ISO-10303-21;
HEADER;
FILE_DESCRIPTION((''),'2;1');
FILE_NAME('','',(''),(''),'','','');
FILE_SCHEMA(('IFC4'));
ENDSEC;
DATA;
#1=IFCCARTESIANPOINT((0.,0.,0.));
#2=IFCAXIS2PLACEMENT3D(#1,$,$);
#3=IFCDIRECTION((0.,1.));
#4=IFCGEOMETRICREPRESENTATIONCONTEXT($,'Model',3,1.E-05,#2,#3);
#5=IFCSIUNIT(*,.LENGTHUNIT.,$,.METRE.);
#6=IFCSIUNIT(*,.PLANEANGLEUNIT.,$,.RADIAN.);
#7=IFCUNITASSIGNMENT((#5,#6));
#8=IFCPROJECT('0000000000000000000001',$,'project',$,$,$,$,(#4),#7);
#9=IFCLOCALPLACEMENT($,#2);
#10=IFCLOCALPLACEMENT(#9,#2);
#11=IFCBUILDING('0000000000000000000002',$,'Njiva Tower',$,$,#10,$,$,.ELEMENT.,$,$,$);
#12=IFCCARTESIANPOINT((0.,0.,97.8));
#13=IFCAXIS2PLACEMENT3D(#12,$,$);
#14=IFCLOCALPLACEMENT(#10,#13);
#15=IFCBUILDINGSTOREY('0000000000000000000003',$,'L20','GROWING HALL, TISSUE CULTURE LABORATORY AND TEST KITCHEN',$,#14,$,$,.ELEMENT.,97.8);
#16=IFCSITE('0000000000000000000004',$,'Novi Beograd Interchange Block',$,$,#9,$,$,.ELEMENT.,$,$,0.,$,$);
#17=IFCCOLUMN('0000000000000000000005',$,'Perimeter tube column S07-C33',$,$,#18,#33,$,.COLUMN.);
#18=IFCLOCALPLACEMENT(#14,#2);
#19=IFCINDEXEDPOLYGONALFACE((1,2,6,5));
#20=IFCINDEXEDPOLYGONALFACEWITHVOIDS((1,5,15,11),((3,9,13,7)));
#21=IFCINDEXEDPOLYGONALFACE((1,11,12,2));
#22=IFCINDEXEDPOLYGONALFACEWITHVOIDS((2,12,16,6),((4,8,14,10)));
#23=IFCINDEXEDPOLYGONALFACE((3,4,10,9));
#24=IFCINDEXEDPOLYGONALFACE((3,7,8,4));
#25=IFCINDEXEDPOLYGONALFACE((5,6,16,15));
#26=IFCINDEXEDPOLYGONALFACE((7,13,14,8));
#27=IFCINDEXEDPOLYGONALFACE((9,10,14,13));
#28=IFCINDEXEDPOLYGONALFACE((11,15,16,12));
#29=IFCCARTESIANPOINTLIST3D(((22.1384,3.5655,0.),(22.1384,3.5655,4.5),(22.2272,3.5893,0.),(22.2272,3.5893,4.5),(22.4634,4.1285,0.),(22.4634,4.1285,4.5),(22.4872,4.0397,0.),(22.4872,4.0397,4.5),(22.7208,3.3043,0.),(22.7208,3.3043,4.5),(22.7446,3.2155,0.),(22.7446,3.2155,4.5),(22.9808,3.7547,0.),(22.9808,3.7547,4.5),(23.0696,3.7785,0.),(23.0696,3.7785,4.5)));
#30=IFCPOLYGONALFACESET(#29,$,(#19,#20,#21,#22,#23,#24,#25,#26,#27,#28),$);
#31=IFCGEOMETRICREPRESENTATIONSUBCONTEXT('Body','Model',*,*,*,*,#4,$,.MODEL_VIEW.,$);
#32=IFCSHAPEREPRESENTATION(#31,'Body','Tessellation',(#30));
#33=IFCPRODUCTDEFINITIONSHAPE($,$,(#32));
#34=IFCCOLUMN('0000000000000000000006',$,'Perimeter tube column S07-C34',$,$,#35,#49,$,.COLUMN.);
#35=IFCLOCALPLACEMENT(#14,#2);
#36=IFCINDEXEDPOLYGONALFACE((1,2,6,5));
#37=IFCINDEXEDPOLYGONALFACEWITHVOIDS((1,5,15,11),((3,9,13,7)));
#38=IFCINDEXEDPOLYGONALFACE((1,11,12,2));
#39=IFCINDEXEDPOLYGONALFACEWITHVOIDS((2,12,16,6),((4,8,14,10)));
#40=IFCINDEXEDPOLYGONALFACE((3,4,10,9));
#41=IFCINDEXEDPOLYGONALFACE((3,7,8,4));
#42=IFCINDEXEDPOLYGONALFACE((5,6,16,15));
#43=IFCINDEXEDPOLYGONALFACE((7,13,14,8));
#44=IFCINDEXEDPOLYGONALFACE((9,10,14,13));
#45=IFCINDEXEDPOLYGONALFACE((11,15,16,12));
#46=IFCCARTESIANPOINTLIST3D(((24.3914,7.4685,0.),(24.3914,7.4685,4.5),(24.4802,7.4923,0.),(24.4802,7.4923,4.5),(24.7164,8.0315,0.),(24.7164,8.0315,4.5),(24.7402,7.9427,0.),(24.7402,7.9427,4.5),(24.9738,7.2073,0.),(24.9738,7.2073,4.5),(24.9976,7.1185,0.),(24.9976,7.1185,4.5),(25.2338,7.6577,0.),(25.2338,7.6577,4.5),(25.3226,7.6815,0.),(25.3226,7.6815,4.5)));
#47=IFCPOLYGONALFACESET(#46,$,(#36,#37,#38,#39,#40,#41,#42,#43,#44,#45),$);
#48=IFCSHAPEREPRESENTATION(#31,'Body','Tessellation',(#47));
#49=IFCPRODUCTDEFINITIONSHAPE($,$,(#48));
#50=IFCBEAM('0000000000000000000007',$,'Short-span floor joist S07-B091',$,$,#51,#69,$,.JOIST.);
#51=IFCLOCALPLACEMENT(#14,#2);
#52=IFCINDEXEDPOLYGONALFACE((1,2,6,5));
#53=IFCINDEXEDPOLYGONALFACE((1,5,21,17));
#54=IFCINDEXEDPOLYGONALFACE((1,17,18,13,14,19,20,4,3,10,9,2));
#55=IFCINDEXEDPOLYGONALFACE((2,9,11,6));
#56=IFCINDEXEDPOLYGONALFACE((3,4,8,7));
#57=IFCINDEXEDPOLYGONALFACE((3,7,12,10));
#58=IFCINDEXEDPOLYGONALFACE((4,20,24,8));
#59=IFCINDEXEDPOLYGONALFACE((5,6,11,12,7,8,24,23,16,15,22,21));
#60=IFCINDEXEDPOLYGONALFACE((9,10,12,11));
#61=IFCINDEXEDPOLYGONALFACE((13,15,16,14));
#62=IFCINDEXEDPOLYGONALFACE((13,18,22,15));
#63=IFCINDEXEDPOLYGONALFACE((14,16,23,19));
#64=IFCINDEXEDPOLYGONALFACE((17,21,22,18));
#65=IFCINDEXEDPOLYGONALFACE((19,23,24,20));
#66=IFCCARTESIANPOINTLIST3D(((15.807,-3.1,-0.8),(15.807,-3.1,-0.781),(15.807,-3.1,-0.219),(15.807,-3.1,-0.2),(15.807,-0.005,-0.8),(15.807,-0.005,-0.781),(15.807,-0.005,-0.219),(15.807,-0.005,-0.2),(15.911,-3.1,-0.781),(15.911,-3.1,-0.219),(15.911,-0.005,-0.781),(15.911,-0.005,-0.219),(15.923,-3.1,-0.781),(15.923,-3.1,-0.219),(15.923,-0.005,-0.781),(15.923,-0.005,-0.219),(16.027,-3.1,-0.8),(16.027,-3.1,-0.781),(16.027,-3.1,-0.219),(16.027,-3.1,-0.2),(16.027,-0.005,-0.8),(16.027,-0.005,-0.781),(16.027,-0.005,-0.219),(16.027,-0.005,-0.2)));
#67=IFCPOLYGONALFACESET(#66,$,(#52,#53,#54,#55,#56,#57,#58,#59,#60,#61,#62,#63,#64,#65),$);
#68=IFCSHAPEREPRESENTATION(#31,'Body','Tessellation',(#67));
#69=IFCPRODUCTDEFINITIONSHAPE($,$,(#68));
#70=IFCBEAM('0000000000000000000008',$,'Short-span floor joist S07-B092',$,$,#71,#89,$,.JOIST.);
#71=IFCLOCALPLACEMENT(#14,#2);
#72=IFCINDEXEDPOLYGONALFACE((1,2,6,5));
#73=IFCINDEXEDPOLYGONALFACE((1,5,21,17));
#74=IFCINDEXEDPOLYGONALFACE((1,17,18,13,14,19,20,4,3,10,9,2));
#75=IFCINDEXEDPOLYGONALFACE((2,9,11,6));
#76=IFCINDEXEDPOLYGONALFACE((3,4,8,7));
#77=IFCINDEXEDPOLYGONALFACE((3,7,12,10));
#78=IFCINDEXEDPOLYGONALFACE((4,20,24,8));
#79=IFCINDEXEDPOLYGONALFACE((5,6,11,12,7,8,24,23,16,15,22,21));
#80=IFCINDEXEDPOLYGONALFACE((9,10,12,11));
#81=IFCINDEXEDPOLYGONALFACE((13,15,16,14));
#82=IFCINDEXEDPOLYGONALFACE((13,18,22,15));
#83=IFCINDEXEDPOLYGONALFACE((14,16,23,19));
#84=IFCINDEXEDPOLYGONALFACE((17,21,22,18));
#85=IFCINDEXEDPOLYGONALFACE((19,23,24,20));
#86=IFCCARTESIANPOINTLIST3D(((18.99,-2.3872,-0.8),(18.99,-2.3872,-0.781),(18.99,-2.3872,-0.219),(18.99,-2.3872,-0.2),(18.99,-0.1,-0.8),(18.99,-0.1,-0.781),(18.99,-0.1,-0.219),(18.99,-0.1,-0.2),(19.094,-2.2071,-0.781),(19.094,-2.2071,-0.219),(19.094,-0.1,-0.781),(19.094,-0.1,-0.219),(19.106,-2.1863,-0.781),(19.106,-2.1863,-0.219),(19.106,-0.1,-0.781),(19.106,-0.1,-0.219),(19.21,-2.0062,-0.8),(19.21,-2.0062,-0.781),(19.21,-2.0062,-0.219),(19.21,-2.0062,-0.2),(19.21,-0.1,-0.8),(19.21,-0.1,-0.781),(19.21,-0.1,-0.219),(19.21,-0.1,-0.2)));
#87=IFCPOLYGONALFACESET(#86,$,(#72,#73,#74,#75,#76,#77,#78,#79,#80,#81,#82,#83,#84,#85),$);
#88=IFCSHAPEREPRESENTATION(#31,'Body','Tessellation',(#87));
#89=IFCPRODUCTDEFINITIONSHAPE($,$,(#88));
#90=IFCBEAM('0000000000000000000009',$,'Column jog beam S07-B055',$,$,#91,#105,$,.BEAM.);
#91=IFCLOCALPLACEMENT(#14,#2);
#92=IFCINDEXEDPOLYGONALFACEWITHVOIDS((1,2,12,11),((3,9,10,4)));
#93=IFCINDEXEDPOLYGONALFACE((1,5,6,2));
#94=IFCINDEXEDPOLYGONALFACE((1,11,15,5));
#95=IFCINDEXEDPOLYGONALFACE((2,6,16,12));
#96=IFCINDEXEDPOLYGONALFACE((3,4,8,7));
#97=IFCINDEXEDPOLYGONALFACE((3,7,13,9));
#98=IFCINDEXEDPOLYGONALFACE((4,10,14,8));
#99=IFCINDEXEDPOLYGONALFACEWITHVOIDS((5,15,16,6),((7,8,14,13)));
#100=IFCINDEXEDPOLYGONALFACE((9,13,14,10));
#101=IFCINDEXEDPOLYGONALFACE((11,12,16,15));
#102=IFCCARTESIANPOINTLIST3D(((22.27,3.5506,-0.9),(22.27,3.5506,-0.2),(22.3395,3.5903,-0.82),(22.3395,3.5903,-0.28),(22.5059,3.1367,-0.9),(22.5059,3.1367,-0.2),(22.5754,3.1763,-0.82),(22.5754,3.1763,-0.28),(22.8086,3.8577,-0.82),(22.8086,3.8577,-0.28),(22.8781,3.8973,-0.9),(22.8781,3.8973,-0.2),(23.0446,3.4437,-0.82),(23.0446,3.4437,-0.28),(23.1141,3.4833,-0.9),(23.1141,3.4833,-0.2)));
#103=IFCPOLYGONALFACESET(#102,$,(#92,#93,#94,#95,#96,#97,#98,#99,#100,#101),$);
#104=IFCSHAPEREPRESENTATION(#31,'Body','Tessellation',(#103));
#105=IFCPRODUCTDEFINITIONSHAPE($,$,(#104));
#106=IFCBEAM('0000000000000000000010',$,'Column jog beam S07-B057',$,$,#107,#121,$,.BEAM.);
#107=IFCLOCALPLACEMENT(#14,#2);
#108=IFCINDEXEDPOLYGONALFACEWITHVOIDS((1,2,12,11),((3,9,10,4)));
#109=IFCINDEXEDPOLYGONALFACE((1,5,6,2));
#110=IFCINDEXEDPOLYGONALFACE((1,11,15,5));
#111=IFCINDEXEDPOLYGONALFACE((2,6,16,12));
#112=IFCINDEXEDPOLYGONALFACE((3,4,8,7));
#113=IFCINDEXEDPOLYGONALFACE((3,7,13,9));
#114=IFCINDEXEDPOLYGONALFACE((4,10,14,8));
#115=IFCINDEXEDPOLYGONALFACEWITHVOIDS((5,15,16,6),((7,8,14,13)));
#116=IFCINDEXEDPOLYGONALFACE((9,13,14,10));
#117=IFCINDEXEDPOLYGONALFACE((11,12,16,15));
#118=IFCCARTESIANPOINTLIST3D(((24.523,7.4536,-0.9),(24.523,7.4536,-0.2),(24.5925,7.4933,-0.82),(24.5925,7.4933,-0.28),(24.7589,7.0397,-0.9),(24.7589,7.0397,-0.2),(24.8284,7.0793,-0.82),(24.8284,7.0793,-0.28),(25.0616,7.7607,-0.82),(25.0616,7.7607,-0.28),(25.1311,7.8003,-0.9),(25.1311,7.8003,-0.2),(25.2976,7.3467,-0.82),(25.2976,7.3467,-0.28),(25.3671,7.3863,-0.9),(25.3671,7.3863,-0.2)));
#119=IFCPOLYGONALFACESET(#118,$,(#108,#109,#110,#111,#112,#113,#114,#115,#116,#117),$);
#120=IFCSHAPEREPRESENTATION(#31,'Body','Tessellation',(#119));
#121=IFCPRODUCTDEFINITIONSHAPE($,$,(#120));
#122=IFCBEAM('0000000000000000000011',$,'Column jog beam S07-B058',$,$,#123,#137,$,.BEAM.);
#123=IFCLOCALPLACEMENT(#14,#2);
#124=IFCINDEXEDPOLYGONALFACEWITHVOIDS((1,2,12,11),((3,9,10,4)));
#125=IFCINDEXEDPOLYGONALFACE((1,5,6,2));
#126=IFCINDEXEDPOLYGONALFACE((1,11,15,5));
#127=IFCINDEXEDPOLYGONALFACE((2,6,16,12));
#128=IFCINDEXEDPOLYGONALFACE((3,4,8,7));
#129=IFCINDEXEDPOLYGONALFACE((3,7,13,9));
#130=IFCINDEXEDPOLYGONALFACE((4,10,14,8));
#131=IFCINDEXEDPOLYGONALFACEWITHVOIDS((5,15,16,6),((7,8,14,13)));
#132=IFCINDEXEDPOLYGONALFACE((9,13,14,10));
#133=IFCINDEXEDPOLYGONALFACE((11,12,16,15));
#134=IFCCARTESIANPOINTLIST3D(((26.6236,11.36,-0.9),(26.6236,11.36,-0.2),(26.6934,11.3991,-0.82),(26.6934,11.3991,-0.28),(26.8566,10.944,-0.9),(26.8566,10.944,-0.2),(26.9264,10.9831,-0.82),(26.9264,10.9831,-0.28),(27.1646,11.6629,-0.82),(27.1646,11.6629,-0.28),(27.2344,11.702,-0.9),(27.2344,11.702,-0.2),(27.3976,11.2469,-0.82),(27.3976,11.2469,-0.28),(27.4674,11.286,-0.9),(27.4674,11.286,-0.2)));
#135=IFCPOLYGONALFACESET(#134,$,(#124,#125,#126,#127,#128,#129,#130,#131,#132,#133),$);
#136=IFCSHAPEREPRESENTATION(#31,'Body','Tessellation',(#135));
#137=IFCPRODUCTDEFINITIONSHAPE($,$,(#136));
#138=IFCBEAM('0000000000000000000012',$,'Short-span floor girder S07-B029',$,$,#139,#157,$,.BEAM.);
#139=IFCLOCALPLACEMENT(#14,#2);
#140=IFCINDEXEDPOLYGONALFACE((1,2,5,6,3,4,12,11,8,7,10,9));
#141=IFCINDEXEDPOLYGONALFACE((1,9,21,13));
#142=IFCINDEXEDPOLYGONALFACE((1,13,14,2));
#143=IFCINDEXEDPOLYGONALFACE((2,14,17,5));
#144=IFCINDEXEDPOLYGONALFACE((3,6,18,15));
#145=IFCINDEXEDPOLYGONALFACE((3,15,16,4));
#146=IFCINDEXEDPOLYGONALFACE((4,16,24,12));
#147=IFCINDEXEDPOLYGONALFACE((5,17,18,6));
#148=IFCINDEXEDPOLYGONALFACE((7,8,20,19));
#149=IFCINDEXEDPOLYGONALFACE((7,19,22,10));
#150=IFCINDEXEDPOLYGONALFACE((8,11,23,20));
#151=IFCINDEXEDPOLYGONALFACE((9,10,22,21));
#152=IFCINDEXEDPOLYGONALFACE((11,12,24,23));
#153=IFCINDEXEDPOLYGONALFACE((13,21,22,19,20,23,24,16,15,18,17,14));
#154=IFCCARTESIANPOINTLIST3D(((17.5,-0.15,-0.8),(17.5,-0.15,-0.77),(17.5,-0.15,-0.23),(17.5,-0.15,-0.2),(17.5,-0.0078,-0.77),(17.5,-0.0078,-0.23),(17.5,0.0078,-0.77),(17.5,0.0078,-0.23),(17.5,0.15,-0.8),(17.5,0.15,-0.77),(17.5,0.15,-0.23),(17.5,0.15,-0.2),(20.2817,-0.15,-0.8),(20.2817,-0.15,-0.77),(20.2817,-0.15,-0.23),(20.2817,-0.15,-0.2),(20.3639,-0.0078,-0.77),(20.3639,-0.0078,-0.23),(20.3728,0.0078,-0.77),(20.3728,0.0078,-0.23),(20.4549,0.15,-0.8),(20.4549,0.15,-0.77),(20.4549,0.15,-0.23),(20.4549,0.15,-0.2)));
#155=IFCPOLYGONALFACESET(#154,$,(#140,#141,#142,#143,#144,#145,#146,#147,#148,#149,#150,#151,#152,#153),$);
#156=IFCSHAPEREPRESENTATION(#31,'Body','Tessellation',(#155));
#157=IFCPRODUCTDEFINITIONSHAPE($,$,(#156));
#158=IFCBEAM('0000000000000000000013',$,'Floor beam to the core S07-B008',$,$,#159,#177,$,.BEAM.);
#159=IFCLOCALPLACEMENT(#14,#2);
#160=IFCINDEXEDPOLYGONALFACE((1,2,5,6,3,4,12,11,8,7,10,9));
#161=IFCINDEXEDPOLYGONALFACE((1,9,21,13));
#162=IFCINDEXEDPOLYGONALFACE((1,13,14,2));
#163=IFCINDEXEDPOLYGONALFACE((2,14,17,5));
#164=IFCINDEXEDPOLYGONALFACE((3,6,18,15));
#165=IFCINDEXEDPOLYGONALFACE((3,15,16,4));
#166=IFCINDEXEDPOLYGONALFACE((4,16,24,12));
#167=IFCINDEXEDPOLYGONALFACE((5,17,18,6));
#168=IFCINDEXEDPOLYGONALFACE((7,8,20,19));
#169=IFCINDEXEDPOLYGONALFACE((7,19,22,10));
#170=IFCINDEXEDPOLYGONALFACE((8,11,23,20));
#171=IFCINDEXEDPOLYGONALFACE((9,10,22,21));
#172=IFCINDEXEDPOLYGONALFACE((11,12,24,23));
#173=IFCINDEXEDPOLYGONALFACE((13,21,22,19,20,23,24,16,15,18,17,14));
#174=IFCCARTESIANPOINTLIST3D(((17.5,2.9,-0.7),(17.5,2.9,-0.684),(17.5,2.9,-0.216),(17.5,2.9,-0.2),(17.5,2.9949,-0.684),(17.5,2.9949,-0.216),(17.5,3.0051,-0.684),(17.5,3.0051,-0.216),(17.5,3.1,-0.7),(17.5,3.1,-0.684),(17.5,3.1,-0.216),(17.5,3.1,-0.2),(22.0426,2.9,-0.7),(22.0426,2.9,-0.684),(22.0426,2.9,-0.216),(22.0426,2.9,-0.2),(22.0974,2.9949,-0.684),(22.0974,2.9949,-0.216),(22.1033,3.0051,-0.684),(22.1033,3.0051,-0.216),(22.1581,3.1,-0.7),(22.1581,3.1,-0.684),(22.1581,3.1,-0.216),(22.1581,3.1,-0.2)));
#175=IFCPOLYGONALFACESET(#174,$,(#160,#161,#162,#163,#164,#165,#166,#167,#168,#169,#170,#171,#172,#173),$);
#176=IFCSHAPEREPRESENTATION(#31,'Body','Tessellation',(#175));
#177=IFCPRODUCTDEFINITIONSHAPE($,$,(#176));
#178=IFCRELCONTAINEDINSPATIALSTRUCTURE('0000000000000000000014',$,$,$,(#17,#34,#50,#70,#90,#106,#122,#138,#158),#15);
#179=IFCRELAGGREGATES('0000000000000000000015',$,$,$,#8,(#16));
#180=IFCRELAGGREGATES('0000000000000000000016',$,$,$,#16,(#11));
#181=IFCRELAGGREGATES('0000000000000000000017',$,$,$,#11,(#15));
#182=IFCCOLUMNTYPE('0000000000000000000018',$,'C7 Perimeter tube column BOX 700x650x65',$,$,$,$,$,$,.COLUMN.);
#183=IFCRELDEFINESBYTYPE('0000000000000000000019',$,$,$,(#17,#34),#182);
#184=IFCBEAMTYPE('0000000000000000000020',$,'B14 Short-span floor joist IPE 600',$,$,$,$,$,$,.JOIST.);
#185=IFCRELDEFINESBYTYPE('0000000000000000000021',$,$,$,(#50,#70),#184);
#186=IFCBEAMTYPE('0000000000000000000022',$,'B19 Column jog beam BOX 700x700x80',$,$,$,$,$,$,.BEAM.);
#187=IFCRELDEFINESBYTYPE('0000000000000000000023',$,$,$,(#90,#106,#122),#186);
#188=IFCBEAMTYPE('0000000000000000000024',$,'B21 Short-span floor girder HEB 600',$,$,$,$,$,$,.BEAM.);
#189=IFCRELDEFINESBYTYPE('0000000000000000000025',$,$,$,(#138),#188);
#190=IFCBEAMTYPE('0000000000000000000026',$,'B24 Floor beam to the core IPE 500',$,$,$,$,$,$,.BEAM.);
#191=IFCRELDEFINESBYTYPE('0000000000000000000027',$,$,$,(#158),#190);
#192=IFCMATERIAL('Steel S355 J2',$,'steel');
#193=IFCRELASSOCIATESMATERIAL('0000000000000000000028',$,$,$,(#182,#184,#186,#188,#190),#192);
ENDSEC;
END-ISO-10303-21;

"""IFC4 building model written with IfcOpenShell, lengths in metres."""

from ifc_helpers import new_model, si_unit, direction, frame, origin, origin_2d, place, context, subcontext, project, spatial, hollow_rectangle, i_section, extrude, clip, halfspace, material, material_profile, profile_set, type_object, element, save


model = new_model("IFC4")

# Units and contexts
model_context = context("Model", 3, precision=1e-05, world=origin(), true_north=direction((0.0, 1.0)))
body_context = subcontext(model_context, "Body", "Model", "MODEL_VIEW")
ifc_project = project(units=[si_unit("LENGTHUNIT", "METRE"), si_unit("PLANEANGLEUNIT", "RADIAN")], contexts=[model_context])

# Site, building, storey
site_placement = place(None, origin())
site = spatial("IfcSite", under=ifc_project, at=site_placement, Name="Novi Beograd Interchange Block", CompositionType="ELEMENT", RefElevation=0.0)
building_placement = place(site_placement, origin())
building = spatial("IfcBuilding", under=site, at=building_placement, Name="Njiva Tower", CompositionType="ELEMENT")
storey_placement = place(building_placement, frame((0.0, 0.0, 97.8)))
storey = spatial("IfcBuildingStorey", under=building, at=storey_placement, Name="L20", Description="GROWING HALL, TISSUE CULTURE LABORATORY AND TEST KITCHEN", CompositionType="ELEMENT", Elevation=97.8)

# Columns
ifc_material_1 = material(Name="Steel S355 J2", Category="steel")
ifc_material_profile_1 = material_profile(ifc_material_1, hollow_rectangle(XDim=0.65, YDim=0.7, WallThickness=0.065, at=origin_2d()), Name="BOX 700x650x65")
ifc_profile_set_1 = profile_set([ifc_material_profile_1], Name="Steel S355 J2")
column_type = type_object("IfcColumnType", Name="C7 Perimeter tube column BOX 700x650x65", PredefinedType="COLUMN", material=ifc_profile_set_1)
for number, where, z_axis, x_axis, name in (
    (1, (22.604, 3.672, 0.0), (0.0, 0.0, 1.0), (0.5, 0.866025, 0.0), "Perimeter tube column S07-C33"),
    (2, (24.857, 7.575, 0.0), (0.0, 0.0, 1.0), (0.5, 0.866025, 0.0), "Perimeter tube column S07-C34"),
):
    element("IfcColumn", number, at=place(storey_placement, frame(where, z_axis=z_axis, x_axis=x_axis)), inside=storey, type_object=column_type, Name=name, PredefinedType="COLUMN", context=body_context, shape_type="SweptSolid", body=[
        extrude(hollow_rectangle(XDim=0.65, YDim=0.7, WallThickness=0.065, at=origin_2d()), origin(), (0.0, 0.0, 1.0), 4.5),
    ])

# Beams
ifc_material_profile_2 = material_profile(ifc_material_1, i_section(OverallWidth=0.22, OverallDepth=0.6, WebThickness=0.012, FlangeThickness=0.019, at=origin_2d()), Name="IPE 600")
ifc_profile_set_2 = profile_set([ifc_material_profile_2], Name="Steel S355 J2")
beam_type_1 = type_object("IfcBeamType", Name="B14 Short-span floor joist IPE 600", PredefinedType="JOIST", material=ifc_profile_set_2)
beam_1_placement = place(storey_placement, frame((15.917, -0.005, -0.5), z_axis=(0.0, -1.0, 0.0), x_axis=(1.0, 0.0, 0.0)))
element("IfcBeam", 3, at=beam_1_placement, inside=storey, type_object=beam_type_1, Name="Short-span floor joist S07-B091", PredefinedType="JOIST", context=body_context, shape_type="SweptSolid", body=[
    extrude(i_section(OverallWidth=0.22, OverallDepth=0.6, WebThickness=0.012, FlangeThickness=0.019, at=origin_2d()), origin(), (0.0, 0.0, 1.0), 3.095),
])
beam_2_placement = place(storey_placement, frame((19.1, -0.1, -0.5), z_axis=(0.0, -1.0, 0.0), x_axis=(1.0, 0.0, 0.0)))
element("IfcBeam", 4, at=beam_2_placement, inside=storey, type_object=beam_type_1, Name="Short-span floor joist S07-B092", PredefinedType="JOIST", context=body_context, shape_type="Clipping", body=[
    clip(extrude(i_section(OverallWidth=0.22, OverallDepth=0.6, WebThickness=0.012, FlangeThickness=0.019, at=origin_2d()), origin(), (0.0, 0.0, 1.0), 2.308), halfspace(frame((0.0433, 0.0, 2.0217), z_axis=(0.866027, 0.0, 0.499998), x_axis=(0.0, 1.0, 0.0)), False)),
])
ifc_material_profile_3 = material_profile(ifc_material_1, hollow_rectangle(XDim=0.7, YDim=0.7, WallThickness=0.08, at=origin_2d()), Name="BOX 700x700x80")
ifc_profile_set_3 = profile_set([ifc_material_profile_3], Name="Steel S355 J2")
beam_type_2 = type_object("IfcBeamType", Name="B19 Column jog beam BOX 700x700x80", PredefinedType="BEAM", material=ifc_profile_set_3)
for number, where, z_axis, x_axis, name in (
    (5, (22.81, 3.31, -0.55), (-0.495235, 0.868759, 0.0), (-0.868759, -0.495235, 0.0), "Column jog beam S07-B055"),
    (6, (25.063, 7.213, -0.55), (-0.495235, 0.868759, 0.0), (-0.868759, -0.495235, 0.0), "Column jog beam S07-B057"),
):
    element("IfcBeam", number, at=place(storey_placement, frame(where, z_axis=z_axis, x_axis=x_axis)), inside=storey, type_object=beam_type_2, Name=name, PredefinedType="BEAM", context=body_context, shape_type="SweptSolid", body=[
        extrude(hollow_rectangle(XDim=0.7, YDim=0.7, WallThickness=0.08, at=origin_2d()), origin(), (0.0, 0.0, 1.0), 0.4765),
    ])
beam_3_placement = place(storey_placement, frame((27.162, 11.115, -0.55), z_axis=(-0.488667, 0.87247, 0.0), x_axis=(-0.87247, -0.488667, 0.0)))
element("IfcBeam", 7, at=beam_3_placement, inside=storey, type_object=beam_type_2, Name="Column jog beam S07-B058", PredefinedType="BEAM", context=body_context, shape_type="SweptSolid", body=[
    extrude(hollow_rectangle(XDim=0.7, YDim=0.7, WallThickness=0.08, at=origin_2d()), origin(), (0.0, 0.0, 1.0), 0.4768),
])
ifc_material_profile_4 = material_profile(ifc_material_1, i_section(OverallWidth=0.3, OverallDepth=0.6, WebThickness=0.0155, FlangeThickness=0.03, at=origin_2d()), Name="HEB 600")
ifc_profile_set_4 = profile_set([ifc_material_profile_4], Name="Steel S355 J2")
beam_type_3 = type_object("IfcBeamType", Name="B21 Short-span floor girder HEB 600", PredefinedType="BEAM", material=ifc_profile_set_4)
beam_4_placement = place(storey_placement, frame((17.5, 0.0, -0.5), z_axis=(1.0, 0.0, 0.0), x_axis=(0.0, 1.0, 0.0)))
element("IfcBeam", 8, at=beam_4_placement, inside=storey, type_object=beam_type_3, Name="Short-span floor girder S07-B029", PredefinedType="BEAM", context=body_context, shape_type="Clipping", body=[
    clip(extrude(i_section(OverallWidth=0.3, OverallDepth=0.6, WebThickness=0.0155, FlangeThickness=0.03, at=origin_2d()), origin(), (0.0, 0.0, 1.0), 2.975), halfspace(frame((-0.025, 0.0, 2.8539), z_axis=(-0.499998, 0.0, 0.866027), x_axis=(0.0, 1.0, 0.0)), False)),
])
ifc_material_profile_5 = material_profile(ifc_material_1, i_section(OverallWidth=0.2, OverallDepth=0.5, WebThickness=0.0102, FlangeThickness=0.016, at=origin_2d()), Name="IPE 500")
ifc_profile_set_5 = profile_set([ifc_material_profile_5], Name="Steel S355 J2")
beam_type_4 = type_object("IfcBeamType", Name="B24 Floor beam to the core IPE 500", PredefinedType="BEAM", material=ifc_profile_set_5)
beam_5_placement = place(storey_placement, frame((17.5, 3.0, -0.45), z_axis=(1.0, 0.0, 0.0), x_axis=(0.0, 1.0, 0.0)))
element("IfcBeam", 9, at=beam_5_placement, inside=storey, type_object=beam_type_4, Name="Floor beam to the core S07-B008", PredefinedType="BEAM", context=body_context, shape_type="Clipping", body=[
    clip(extrude(i_section(OverallWidth=0.2, OverallDepth=0.5, WebThickness=0.0102, FlangeThickness=0.016, at=origin_2d()), origin(), (0.0, 0.0, 1.0), 4.678), halfspace(frame((-0.025, 0.0, 4.5859), z_axis=(-0.499998, 0.0, 0.866027), x_axis=(0.0, 1.0, 0.0)), False)),
])

save(model, "model.ifc")
